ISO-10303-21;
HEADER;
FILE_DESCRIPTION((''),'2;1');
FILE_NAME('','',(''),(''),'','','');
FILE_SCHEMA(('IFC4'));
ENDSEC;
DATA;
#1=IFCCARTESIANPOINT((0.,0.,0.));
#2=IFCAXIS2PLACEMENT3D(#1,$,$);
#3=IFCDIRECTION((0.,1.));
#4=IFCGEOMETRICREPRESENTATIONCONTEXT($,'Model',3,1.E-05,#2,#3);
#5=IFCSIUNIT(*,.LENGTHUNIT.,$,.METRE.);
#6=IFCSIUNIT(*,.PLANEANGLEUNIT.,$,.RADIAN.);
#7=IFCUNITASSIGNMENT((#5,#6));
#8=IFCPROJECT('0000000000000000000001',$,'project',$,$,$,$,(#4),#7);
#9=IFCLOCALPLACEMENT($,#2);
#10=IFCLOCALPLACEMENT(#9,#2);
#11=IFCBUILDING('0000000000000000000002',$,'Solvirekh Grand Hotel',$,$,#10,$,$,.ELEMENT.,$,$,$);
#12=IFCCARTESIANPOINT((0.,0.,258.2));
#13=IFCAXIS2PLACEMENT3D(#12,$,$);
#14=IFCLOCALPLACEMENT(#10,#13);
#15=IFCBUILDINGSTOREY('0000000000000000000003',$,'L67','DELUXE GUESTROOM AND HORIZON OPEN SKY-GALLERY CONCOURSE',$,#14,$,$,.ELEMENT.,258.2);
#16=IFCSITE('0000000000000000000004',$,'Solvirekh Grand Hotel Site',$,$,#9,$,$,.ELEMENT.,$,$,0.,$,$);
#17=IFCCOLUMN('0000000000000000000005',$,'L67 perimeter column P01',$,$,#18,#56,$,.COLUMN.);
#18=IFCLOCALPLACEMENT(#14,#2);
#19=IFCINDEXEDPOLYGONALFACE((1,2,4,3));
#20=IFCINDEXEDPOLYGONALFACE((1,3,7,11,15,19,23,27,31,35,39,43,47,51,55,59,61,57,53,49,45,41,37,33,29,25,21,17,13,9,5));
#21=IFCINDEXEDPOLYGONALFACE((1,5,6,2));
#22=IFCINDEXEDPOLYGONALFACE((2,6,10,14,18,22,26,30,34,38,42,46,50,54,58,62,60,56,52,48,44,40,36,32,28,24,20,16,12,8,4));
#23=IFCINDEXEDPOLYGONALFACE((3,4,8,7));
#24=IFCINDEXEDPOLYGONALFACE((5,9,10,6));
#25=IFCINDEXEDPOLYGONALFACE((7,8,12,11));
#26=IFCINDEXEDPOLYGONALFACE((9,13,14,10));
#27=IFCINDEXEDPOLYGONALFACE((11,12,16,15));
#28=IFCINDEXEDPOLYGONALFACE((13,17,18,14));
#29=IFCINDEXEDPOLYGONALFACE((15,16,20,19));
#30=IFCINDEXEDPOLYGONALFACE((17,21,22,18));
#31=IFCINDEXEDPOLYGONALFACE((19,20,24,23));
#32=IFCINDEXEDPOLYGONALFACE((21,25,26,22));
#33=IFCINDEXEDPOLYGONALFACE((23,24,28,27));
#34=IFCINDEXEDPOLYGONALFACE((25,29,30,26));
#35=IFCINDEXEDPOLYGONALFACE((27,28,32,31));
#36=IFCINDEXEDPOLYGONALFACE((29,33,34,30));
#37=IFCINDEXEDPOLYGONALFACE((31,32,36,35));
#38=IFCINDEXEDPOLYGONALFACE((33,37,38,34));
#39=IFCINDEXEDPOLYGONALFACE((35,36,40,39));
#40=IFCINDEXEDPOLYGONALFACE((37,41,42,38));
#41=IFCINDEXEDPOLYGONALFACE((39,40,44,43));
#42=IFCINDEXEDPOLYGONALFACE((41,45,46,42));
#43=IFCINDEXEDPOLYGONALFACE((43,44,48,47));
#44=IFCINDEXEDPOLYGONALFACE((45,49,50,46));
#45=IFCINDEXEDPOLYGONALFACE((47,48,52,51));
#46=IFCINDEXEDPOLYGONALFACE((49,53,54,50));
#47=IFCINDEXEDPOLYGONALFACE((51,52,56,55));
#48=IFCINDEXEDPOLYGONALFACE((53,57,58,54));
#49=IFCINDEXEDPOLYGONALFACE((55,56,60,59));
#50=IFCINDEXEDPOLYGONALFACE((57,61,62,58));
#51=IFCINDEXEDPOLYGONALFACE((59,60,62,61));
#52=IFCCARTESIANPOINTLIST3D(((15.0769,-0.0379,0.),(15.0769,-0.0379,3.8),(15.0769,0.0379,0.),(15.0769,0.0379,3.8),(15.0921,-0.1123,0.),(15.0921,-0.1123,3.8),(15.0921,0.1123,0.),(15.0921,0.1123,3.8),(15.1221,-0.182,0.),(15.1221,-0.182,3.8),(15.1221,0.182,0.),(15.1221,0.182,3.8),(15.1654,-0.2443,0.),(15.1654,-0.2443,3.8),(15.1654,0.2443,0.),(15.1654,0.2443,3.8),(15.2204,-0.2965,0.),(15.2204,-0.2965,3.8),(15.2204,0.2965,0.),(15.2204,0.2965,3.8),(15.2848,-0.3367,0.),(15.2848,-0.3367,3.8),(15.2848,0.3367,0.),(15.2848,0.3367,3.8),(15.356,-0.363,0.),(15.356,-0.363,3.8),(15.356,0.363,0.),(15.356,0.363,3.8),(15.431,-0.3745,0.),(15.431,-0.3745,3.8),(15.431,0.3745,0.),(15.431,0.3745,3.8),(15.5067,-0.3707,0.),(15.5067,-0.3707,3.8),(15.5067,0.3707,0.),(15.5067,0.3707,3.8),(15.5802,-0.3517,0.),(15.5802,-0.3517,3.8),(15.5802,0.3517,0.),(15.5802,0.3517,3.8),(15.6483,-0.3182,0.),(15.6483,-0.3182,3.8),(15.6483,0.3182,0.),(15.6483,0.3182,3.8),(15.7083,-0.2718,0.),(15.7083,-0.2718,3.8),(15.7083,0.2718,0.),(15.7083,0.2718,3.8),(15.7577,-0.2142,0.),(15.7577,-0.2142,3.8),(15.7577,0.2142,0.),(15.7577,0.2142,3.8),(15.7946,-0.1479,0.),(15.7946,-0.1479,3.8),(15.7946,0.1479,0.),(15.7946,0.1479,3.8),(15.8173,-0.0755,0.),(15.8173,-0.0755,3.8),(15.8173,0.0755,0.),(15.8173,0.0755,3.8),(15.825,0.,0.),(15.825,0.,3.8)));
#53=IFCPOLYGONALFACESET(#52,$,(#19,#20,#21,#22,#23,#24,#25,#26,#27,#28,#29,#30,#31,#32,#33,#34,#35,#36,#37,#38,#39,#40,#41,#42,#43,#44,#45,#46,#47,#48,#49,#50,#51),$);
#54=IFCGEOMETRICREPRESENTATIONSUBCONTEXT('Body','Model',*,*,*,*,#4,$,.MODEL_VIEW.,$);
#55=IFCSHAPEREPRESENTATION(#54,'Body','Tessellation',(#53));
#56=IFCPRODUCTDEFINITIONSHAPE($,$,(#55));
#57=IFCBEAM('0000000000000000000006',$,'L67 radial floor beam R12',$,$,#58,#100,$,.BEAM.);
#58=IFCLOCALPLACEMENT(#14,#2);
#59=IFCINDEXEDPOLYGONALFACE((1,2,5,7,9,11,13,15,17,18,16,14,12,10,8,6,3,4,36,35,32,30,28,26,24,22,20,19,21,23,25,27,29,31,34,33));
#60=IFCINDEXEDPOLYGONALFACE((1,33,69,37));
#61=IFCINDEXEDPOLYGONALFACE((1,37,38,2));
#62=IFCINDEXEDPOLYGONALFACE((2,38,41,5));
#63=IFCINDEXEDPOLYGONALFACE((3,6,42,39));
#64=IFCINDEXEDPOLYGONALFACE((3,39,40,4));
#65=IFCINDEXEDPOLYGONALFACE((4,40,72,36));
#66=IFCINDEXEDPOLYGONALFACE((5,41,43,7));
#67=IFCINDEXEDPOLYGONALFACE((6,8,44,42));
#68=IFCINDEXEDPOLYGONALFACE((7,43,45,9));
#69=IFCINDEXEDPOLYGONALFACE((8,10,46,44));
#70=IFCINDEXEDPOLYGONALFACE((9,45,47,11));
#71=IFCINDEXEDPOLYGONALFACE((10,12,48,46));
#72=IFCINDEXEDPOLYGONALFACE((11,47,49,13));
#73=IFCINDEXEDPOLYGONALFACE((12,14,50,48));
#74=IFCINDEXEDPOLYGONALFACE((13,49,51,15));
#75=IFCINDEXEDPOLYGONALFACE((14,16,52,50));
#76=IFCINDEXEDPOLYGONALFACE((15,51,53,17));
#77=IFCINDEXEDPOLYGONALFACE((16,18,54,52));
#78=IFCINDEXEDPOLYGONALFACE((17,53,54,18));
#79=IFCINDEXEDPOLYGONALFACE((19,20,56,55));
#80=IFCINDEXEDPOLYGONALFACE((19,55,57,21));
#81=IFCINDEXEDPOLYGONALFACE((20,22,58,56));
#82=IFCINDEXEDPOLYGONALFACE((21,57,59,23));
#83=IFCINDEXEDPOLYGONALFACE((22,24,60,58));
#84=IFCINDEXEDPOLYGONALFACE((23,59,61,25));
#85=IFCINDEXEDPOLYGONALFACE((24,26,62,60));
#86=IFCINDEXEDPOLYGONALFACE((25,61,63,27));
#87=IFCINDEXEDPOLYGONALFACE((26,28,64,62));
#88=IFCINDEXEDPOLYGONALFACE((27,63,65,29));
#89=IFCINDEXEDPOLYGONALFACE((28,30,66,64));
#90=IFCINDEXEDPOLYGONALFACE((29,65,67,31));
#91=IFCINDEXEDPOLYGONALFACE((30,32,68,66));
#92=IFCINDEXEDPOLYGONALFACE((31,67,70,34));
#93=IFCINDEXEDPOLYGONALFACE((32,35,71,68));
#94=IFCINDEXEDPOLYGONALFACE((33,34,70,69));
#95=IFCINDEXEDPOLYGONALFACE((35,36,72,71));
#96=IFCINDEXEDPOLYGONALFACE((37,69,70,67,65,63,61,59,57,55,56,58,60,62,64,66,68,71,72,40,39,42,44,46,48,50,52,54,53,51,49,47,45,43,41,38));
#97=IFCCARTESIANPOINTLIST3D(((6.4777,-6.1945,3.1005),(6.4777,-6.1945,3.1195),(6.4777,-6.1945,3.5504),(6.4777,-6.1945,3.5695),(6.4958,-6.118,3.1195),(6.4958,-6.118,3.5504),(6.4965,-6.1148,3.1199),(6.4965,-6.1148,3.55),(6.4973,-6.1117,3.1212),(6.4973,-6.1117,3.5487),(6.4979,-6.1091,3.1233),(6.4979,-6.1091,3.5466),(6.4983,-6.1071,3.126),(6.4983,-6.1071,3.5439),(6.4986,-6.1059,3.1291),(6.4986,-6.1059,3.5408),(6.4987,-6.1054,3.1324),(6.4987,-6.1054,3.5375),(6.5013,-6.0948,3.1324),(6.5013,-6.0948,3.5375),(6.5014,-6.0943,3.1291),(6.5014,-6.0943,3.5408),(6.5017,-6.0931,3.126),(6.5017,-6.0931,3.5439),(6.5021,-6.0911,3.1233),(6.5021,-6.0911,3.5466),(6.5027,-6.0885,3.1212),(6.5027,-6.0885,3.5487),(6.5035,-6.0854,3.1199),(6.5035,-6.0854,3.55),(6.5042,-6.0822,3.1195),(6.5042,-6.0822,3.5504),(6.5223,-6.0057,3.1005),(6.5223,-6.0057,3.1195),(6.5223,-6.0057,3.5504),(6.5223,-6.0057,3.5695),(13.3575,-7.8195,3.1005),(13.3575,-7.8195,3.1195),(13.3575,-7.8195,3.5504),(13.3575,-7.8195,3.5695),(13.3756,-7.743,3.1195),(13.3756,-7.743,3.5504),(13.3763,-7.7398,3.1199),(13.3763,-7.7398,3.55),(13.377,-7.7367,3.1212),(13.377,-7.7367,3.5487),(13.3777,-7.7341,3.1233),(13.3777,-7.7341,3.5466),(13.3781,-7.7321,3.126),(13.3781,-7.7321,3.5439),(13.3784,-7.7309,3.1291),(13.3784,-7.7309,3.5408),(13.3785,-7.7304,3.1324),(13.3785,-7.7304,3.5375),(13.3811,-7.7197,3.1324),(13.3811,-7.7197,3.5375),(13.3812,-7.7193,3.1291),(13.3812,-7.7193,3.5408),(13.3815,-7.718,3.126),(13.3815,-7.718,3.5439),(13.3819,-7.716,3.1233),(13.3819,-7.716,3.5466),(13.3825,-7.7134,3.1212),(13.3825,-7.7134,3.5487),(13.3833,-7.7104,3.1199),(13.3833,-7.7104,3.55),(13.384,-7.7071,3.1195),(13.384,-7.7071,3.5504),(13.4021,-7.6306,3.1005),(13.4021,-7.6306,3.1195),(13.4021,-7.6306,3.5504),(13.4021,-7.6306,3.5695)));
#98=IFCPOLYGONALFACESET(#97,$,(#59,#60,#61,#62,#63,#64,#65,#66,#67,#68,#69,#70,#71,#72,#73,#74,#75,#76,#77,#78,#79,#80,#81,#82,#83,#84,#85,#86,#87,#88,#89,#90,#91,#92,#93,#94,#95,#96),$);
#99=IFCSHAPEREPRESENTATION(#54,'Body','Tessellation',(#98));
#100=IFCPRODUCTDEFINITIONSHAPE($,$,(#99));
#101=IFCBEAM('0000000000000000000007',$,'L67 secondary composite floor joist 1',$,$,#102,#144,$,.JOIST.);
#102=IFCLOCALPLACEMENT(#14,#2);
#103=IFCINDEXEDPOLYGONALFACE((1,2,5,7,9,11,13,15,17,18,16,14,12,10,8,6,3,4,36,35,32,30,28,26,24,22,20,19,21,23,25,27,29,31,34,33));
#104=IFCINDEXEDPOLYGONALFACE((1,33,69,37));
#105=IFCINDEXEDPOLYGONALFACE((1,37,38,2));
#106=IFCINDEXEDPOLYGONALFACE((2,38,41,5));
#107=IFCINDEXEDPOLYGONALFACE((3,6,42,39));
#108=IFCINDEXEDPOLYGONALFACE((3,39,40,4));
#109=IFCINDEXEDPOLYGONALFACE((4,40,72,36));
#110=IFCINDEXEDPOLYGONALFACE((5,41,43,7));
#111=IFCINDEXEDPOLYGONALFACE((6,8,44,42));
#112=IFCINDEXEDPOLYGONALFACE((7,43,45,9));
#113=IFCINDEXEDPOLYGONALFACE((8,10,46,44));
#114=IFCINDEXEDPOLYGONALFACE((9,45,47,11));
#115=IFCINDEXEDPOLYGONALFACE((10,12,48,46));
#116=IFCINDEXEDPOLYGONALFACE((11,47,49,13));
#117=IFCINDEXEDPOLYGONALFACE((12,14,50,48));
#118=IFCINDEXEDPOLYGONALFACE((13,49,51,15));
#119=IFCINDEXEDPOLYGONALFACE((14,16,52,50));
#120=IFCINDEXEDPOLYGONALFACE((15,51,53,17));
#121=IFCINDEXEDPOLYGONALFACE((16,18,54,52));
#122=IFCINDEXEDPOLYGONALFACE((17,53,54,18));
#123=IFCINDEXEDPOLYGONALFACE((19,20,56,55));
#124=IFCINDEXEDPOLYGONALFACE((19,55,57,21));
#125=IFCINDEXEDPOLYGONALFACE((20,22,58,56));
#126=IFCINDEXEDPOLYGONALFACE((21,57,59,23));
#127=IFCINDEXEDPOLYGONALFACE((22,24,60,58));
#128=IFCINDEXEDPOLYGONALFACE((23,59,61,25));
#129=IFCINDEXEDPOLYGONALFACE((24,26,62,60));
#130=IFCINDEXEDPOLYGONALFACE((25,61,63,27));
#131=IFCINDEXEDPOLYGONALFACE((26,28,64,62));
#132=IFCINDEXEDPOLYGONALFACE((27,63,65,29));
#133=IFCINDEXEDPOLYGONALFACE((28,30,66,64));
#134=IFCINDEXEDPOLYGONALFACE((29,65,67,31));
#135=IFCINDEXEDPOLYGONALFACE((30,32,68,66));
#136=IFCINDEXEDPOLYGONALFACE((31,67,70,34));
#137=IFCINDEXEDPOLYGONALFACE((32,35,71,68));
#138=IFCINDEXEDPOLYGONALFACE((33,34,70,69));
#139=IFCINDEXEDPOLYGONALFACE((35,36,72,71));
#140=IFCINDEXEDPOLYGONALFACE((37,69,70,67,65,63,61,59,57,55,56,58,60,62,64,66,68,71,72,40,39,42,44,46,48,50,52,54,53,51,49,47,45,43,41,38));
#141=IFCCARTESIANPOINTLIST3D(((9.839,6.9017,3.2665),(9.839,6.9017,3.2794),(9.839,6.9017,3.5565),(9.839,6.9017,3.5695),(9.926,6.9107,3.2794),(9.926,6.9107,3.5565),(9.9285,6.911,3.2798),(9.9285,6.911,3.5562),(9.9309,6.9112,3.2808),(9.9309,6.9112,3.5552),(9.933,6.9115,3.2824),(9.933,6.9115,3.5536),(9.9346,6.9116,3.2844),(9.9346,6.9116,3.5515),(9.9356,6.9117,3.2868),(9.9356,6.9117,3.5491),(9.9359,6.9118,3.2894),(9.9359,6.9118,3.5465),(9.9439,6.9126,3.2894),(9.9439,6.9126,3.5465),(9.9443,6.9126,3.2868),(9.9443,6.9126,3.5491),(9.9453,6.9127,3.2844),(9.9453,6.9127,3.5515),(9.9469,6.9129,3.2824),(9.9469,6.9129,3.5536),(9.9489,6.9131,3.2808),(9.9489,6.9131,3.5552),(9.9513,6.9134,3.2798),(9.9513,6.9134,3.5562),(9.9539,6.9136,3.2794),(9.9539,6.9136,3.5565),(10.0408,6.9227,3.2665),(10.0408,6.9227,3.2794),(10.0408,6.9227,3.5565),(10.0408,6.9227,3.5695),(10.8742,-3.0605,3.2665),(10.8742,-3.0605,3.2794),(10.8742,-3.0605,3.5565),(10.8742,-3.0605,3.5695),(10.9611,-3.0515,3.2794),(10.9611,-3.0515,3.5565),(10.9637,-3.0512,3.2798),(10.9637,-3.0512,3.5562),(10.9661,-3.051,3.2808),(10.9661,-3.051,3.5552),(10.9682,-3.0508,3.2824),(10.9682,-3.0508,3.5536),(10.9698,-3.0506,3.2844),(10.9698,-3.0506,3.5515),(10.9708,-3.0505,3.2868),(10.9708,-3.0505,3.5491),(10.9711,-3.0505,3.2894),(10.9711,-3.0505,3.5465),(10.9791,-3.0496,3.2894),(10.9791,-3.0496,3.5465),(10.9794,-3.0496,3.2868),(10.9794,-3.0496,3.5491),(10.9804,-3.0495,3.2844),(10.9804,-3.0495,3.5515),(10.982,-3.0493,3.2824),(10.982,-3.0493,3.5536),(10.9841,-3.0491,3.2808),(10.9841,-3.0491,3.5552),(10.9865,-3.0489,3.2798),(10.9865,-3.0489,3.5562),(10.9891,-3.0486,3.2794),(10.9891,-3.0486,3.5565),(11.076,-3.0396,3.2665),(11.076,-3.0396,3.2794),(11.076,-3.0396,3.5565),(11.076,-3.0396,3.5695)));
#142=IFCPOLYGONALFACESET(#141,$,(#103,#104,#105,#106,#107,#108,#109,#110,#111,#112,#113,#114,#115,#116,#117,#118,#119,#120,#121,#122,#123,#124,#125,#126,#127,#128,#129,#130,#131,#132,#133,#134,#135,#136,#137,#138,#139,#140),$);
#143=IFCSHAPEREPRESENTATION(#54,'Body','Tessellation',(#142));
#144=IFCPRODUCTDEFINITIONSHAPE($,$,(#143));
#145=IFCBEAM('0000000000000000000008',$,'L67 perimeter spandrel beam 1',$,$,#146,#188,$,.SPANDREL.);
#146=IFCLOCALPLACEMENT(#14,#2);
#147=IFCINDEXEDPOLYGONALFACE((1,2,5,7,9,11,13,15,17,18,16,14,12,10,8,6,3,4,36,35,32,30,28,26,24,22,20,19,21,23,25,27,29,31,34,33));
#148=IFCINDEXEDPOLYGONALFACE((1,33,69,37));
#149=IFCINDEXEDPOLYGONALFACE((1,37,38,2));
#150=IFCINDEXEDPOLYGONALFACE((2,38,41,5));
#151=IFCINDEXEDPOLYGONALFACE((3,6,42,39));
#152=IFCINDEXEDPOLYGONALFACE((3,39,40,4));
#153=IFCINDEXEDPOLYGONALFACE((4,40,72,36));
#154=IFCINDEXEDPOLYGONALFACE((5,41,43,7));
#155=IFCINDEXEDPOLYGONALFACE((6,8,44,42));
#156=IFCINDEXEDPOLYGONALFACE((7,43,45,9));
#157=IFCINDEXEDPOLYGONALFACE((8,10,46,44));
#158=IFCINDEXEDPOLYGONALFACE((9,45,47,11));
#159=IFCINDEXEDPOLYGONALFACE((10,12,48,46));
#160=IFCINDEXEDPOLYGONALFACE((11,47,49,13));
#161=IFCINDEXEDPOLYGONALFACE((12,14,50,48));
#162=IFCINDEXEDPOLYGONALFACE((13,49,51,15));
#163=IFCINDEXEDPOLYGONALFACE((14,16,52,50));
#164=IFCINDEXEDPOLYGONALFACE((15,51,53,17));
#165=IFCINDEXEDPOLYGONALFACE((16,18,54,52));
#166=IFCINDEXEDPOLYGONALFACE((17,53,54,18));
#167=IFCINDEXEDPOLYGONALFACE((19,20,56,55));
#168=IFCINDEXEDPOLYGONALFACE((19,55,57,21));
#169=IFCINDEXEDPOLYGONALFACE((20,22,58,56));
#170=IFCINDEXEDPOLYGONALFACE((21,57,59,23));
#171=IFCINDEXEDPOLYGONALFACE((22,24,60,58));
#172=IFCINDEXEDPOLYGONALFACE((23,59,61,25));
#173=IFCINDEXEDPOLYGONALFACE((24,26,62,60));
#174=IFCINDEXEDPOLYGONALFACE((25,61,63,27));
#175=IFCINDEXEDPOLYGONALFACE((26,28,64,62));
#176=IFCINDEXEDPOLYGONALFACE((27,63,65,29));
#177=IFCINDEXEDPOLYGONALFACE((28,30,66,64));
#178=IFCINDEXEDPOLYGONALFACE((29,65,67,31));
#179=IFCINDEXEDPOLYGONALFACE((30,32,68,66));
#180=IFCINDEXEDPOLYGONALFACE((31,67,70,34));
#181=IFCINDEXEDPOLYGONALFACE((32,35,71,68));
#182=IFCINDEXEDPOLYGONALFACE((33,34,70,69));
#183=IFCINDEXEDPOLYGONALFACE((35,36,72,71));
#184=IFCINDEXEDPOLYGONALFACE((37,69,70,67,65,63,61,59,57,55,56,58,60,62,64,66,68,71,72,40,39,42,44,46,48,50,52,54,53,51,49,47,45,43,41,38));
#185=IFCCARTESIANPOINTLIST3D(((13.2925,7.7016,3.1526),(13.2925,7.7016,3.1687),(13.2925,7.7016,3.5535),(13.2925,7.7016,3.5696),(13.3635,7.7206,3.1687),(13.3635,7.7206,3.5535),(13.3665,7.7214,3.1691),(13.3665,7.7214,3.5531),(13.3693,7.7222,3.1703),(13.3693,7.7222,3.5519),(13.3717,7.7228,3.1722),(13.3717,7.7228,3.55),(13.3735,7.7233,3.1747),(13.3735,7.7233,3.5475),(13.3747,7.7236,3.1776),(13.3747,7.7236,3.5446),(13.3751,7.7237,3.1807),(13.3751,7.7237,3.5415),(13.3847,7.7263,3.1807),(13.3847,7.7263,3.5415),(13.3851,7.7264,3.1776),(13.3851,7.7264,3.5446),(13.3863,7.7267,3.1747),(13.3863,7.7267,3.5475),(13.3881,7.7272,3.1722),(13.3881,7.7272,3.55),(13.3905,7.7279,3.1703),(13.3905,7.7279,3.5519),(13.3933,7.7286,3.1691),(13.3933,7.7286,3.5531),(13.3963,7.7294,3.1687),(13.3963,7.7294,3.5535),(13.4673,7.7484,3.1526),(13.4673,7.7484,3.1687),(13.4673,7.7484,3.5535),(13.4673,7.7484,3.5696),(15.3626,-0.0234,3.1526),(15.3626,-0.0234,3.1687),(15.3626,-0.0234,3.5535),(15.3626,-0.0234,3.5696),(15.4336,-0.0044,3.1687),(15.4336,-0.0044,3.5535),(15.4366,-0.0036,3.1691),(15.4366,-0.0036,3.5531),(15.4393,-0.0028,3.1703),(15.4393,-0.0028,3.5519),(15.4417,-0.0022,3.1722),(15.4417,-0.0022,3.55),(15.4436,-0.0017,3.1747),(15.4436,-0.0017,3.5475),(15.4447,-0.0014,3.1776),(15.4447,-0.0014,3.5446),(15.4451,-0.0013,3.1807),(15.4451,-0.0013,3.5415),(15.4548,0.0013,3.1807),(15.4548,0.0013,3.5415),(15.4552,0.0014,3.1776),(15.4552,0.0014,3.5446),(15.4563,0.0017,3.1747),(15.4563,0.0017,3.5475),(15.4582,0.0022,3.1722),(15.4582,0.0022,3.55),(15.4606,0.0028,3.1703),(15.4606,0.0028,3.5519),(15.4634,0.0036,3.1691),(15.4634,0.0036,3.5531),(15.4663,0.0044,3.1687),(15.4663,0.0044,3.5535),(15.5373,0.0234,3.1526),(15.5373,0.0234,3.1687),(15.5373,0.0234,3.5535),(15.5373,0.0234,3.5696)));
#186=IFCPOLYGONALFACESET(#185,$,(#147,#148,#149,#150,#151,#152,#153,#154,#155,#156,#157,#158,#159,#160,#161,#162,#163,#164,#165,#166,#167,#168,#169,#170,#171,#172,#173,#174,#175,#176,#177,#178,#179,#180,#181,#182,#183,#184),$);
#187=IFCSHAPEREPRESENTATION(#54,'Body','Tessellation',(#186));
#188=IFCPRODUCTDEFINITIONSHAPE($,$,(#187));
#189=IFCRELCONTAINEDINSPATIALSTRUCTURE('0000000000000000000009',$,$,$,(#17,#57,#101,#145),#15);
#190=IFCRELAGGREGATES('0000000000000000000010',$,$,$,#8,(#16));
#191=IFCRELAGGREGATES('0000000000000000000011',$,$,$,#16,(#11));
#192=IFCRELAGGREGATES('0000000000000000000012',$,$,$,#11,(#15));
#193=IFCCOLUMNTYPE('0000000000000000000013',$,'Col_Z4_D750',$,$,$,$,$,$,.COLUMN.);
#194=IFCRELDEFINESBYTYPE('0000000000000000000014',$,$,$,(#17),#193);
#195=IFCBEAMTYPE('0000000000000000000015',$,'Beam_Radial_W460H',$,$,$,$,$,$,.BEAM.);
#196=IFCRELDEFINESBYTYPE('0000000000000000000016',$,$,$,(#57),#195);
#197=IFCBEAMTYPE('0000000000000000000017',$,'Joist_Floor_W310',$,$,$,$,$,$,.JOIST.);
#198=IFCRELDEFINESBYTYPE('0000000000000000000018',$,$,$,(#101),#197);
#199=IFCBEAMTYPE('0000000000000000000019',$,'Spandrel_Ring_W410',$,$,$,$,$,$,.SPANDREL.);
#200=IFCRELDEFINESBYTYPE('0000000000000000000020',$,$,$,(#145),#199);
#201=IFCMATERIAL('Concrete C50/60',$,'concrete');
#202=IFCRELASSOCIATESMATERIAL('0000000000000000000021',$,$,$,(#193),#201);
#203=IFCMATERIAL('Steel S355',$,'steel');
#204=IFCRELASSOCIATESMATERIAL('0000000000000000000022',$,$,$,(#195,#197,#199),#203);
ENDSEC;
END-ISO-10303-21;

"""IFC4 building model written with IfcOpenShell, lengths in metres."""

from ifc_helpers import new_model, si_unit, direction, frame, origin, origin_2d, place, context, subcontext, project, spatial, circle, i_section, extrude, material, material_profile, profile_set, type_object, element, save


model = new_model("IFC4")

# Units and contexts
model_context = context("Model", 3, precision=1e-05, world=origin(), true_north=direction((0.0, 1.0)))
body_context = subcontext(model_context, "Body", "Model", "MODEL_VIEW")
ifc_project = project(units=[si_unit("LENGTHUNIT", "METRE"), si_unit("PLANEANGLEUNIT", "RADIAN")], contexts=[model_context])

# Site, building, storey
site_placement = place(None, origin())
site = spatial("IfcSite", under=ifc_project, at=site_placement, Name="Solvirekh Grand Hotel Site", CompositionType="ELEMENT", RefElevation=0.0)
building_placement = place(site_placement, origin())
building = spatial("IfcBuilding", under=site, at=building_placement, Name="Solvirekh Grand Hotel", CompositionType="ELEMENT")
storey_placement = place(building_placement, frame((0.0, 0.0, 258.2)))
storey = spatial("IfcBuildingStorey", under=building, at=storey_placement, Name="L67", Description="DELUXE GUESTROOM AND HORIZON OPEN SKY-GALLERY CONCOURSE", CompositionType="ELEMENT", Elevation=258.2)

# Column
ifc_material_1 = material(Name="Concrete C50/60", Category="concrete")
ifc_material_profile_1 = material_profile(ifc_material_1, circle(Radius=0.375, at=origin_2d()), Name="RC CIRC D750")
ifc_profile_set_1 = profile_set([ifc_material_profile_1], Name="Concrete C50/60")
column_type = type_object("IfcColumnType", Name="Col_Z4_D750", PredefinedType="COLUMN", material=ifc_profile_set_1)
column_placement = place(storey_placement, frame((15.45, 0.0, 0.0), z_axis=(0.0, 0.0, 1.0), x_axis=(1.0, 0.0, 0.0)))
element("IfcColumn", 1, at=column_placement, inside=storey, type_object=column_type, Name="L67 perimeter column P01", PredefinedType="COLUMN", context=body_context, shape_type="SweptSolid", body=[
    extrude(circle(Radius=0.375, at=origin_2d()), origin(), (0.0, 0.0, 1.0), 3.8),
])

# Beams
ifc_material_2 = material(Name="Steel S355", Category="steel")
ifc_material_profile_2 = material_profile(ifc_material_2, i_section(OverallWidth=0.1941, OverallDepth=0.469, WebThickness=0.011, FlangeThickness=0.019, FilletRadius=0.0129, at=origin_2d()), Name="W460X106")
ifc_profile_set_2 = profile_set([ifc_material_profile_2], Name="Steel S355")
beam_type_1 = type_object("IfcBeamType", Name="Beam_Radial_W460H", PredefinedType="BEAM", material=ifc_profile_set_2)
beam_1_placement = place(storey_placement, frame((6.5, -6.1001, 3.335), z_axis=(0.973221, -0.229871, 0.0), x_axis=(0.229871, 0.973221, 0.0)))
element("IfcBeam", 2, at=beam_1_placement, inside=storey, type_object=beam_type_1, Name="L67 radial floor beam R12", PredefinedType="BEAM", context=body_context, shape_type="SweptSolid", body=[
    extrude(i_section(OverallWidth=0.1941, OverallDepth=0.469, WebThickness=0.011, FlangeThickness=0.019, FilletRadius=0.0129, at=origin_2d()), origin(), (0.0, 0.0, 1.0), 7.0691),
])
ifc_material_profile_3 = material_profile(ifc_material_2, i_section(OverallWidth=0.2029, OverallDepth=0.303, WebThickness=0.0081, FlangeThickness=0.0129, FilletRadius=0.01, at=origin_2d()), Name="W310X60")
ifc_profile_set_3 = profile_set([ifc_material_profile_3], Name="Steel S355")
beam_type_2 = type_object("IfcBeamType", Name="Joist_Floor_W310", PredefinedType="JOIST", material=ifc_profile_set_3)
beam_2_placement = place(storey_placement, frame((10.9751, -3.05, 3.418), z_axis=(-0.103352, 0.994645, 0.0), x_axis=(-0.994645, -0.103352, 0.0)))
element("IfcBeam", 3, at=beam_2_placement, inside=storey, type_object=beam_type_2, Name="L67 secondary composite floor joist 1", PredefinedType="JOIST", context=body_context, shape_type="SweptSolid", body=[
    extrude(i_section(OverallWidth=0.2029, OverallDepth=0.303, WebThickness=0.0081, FlangeThickness=0.0129, FilletRadius=0.01, at=origin_2d()), origin(), (0.0, 0.0, 1.0), 10.0159),
])
ifc_material_profile_4 = material_profile(ifc_material_2, i_section(OverallWidth=0.1809, OverallDepth=0.417, WebThickness=0.01, FlangeThickness=0.0161, FilletRadius=0.012, at=origin_2d()), Name="W410X85")
ifc_profile_set_4 = profile_set([ifc_material_profile_4], Name="Steel S355")
beam_type_3 = type_object("IfcBeamType", Name="Spandrel_Ring_W410", PredefinedType="SPANDREL", material=ifc_profile_set_4)
beam_3_placement = place(storey_placement, frame((15.45, 0.0, 3.3611), z_axis=(-0.258835, 0.965922, 0.0), x_axis=(-0.965922, -0.258835, 0.0)))
element("IfcBeam", 4, at=beam_3_placement, inside=storey, type_object=beam_type_3, Name="L67 perimeter spandrel beam 1", PredefinedType="SPANDREL", context=body_context, shape_type="SweptSolid", body=[
    extrude(i_section(OverallWidth=0.1809, OverallDepth=0.417, WebThickness=0.01, FlangeThickness=0.0161, FilletRadius=0.012, at=origin_2d()), origin(), (0.0, 0.0, 1.0), 7.9976),
])

save(model, "model.ifc")
